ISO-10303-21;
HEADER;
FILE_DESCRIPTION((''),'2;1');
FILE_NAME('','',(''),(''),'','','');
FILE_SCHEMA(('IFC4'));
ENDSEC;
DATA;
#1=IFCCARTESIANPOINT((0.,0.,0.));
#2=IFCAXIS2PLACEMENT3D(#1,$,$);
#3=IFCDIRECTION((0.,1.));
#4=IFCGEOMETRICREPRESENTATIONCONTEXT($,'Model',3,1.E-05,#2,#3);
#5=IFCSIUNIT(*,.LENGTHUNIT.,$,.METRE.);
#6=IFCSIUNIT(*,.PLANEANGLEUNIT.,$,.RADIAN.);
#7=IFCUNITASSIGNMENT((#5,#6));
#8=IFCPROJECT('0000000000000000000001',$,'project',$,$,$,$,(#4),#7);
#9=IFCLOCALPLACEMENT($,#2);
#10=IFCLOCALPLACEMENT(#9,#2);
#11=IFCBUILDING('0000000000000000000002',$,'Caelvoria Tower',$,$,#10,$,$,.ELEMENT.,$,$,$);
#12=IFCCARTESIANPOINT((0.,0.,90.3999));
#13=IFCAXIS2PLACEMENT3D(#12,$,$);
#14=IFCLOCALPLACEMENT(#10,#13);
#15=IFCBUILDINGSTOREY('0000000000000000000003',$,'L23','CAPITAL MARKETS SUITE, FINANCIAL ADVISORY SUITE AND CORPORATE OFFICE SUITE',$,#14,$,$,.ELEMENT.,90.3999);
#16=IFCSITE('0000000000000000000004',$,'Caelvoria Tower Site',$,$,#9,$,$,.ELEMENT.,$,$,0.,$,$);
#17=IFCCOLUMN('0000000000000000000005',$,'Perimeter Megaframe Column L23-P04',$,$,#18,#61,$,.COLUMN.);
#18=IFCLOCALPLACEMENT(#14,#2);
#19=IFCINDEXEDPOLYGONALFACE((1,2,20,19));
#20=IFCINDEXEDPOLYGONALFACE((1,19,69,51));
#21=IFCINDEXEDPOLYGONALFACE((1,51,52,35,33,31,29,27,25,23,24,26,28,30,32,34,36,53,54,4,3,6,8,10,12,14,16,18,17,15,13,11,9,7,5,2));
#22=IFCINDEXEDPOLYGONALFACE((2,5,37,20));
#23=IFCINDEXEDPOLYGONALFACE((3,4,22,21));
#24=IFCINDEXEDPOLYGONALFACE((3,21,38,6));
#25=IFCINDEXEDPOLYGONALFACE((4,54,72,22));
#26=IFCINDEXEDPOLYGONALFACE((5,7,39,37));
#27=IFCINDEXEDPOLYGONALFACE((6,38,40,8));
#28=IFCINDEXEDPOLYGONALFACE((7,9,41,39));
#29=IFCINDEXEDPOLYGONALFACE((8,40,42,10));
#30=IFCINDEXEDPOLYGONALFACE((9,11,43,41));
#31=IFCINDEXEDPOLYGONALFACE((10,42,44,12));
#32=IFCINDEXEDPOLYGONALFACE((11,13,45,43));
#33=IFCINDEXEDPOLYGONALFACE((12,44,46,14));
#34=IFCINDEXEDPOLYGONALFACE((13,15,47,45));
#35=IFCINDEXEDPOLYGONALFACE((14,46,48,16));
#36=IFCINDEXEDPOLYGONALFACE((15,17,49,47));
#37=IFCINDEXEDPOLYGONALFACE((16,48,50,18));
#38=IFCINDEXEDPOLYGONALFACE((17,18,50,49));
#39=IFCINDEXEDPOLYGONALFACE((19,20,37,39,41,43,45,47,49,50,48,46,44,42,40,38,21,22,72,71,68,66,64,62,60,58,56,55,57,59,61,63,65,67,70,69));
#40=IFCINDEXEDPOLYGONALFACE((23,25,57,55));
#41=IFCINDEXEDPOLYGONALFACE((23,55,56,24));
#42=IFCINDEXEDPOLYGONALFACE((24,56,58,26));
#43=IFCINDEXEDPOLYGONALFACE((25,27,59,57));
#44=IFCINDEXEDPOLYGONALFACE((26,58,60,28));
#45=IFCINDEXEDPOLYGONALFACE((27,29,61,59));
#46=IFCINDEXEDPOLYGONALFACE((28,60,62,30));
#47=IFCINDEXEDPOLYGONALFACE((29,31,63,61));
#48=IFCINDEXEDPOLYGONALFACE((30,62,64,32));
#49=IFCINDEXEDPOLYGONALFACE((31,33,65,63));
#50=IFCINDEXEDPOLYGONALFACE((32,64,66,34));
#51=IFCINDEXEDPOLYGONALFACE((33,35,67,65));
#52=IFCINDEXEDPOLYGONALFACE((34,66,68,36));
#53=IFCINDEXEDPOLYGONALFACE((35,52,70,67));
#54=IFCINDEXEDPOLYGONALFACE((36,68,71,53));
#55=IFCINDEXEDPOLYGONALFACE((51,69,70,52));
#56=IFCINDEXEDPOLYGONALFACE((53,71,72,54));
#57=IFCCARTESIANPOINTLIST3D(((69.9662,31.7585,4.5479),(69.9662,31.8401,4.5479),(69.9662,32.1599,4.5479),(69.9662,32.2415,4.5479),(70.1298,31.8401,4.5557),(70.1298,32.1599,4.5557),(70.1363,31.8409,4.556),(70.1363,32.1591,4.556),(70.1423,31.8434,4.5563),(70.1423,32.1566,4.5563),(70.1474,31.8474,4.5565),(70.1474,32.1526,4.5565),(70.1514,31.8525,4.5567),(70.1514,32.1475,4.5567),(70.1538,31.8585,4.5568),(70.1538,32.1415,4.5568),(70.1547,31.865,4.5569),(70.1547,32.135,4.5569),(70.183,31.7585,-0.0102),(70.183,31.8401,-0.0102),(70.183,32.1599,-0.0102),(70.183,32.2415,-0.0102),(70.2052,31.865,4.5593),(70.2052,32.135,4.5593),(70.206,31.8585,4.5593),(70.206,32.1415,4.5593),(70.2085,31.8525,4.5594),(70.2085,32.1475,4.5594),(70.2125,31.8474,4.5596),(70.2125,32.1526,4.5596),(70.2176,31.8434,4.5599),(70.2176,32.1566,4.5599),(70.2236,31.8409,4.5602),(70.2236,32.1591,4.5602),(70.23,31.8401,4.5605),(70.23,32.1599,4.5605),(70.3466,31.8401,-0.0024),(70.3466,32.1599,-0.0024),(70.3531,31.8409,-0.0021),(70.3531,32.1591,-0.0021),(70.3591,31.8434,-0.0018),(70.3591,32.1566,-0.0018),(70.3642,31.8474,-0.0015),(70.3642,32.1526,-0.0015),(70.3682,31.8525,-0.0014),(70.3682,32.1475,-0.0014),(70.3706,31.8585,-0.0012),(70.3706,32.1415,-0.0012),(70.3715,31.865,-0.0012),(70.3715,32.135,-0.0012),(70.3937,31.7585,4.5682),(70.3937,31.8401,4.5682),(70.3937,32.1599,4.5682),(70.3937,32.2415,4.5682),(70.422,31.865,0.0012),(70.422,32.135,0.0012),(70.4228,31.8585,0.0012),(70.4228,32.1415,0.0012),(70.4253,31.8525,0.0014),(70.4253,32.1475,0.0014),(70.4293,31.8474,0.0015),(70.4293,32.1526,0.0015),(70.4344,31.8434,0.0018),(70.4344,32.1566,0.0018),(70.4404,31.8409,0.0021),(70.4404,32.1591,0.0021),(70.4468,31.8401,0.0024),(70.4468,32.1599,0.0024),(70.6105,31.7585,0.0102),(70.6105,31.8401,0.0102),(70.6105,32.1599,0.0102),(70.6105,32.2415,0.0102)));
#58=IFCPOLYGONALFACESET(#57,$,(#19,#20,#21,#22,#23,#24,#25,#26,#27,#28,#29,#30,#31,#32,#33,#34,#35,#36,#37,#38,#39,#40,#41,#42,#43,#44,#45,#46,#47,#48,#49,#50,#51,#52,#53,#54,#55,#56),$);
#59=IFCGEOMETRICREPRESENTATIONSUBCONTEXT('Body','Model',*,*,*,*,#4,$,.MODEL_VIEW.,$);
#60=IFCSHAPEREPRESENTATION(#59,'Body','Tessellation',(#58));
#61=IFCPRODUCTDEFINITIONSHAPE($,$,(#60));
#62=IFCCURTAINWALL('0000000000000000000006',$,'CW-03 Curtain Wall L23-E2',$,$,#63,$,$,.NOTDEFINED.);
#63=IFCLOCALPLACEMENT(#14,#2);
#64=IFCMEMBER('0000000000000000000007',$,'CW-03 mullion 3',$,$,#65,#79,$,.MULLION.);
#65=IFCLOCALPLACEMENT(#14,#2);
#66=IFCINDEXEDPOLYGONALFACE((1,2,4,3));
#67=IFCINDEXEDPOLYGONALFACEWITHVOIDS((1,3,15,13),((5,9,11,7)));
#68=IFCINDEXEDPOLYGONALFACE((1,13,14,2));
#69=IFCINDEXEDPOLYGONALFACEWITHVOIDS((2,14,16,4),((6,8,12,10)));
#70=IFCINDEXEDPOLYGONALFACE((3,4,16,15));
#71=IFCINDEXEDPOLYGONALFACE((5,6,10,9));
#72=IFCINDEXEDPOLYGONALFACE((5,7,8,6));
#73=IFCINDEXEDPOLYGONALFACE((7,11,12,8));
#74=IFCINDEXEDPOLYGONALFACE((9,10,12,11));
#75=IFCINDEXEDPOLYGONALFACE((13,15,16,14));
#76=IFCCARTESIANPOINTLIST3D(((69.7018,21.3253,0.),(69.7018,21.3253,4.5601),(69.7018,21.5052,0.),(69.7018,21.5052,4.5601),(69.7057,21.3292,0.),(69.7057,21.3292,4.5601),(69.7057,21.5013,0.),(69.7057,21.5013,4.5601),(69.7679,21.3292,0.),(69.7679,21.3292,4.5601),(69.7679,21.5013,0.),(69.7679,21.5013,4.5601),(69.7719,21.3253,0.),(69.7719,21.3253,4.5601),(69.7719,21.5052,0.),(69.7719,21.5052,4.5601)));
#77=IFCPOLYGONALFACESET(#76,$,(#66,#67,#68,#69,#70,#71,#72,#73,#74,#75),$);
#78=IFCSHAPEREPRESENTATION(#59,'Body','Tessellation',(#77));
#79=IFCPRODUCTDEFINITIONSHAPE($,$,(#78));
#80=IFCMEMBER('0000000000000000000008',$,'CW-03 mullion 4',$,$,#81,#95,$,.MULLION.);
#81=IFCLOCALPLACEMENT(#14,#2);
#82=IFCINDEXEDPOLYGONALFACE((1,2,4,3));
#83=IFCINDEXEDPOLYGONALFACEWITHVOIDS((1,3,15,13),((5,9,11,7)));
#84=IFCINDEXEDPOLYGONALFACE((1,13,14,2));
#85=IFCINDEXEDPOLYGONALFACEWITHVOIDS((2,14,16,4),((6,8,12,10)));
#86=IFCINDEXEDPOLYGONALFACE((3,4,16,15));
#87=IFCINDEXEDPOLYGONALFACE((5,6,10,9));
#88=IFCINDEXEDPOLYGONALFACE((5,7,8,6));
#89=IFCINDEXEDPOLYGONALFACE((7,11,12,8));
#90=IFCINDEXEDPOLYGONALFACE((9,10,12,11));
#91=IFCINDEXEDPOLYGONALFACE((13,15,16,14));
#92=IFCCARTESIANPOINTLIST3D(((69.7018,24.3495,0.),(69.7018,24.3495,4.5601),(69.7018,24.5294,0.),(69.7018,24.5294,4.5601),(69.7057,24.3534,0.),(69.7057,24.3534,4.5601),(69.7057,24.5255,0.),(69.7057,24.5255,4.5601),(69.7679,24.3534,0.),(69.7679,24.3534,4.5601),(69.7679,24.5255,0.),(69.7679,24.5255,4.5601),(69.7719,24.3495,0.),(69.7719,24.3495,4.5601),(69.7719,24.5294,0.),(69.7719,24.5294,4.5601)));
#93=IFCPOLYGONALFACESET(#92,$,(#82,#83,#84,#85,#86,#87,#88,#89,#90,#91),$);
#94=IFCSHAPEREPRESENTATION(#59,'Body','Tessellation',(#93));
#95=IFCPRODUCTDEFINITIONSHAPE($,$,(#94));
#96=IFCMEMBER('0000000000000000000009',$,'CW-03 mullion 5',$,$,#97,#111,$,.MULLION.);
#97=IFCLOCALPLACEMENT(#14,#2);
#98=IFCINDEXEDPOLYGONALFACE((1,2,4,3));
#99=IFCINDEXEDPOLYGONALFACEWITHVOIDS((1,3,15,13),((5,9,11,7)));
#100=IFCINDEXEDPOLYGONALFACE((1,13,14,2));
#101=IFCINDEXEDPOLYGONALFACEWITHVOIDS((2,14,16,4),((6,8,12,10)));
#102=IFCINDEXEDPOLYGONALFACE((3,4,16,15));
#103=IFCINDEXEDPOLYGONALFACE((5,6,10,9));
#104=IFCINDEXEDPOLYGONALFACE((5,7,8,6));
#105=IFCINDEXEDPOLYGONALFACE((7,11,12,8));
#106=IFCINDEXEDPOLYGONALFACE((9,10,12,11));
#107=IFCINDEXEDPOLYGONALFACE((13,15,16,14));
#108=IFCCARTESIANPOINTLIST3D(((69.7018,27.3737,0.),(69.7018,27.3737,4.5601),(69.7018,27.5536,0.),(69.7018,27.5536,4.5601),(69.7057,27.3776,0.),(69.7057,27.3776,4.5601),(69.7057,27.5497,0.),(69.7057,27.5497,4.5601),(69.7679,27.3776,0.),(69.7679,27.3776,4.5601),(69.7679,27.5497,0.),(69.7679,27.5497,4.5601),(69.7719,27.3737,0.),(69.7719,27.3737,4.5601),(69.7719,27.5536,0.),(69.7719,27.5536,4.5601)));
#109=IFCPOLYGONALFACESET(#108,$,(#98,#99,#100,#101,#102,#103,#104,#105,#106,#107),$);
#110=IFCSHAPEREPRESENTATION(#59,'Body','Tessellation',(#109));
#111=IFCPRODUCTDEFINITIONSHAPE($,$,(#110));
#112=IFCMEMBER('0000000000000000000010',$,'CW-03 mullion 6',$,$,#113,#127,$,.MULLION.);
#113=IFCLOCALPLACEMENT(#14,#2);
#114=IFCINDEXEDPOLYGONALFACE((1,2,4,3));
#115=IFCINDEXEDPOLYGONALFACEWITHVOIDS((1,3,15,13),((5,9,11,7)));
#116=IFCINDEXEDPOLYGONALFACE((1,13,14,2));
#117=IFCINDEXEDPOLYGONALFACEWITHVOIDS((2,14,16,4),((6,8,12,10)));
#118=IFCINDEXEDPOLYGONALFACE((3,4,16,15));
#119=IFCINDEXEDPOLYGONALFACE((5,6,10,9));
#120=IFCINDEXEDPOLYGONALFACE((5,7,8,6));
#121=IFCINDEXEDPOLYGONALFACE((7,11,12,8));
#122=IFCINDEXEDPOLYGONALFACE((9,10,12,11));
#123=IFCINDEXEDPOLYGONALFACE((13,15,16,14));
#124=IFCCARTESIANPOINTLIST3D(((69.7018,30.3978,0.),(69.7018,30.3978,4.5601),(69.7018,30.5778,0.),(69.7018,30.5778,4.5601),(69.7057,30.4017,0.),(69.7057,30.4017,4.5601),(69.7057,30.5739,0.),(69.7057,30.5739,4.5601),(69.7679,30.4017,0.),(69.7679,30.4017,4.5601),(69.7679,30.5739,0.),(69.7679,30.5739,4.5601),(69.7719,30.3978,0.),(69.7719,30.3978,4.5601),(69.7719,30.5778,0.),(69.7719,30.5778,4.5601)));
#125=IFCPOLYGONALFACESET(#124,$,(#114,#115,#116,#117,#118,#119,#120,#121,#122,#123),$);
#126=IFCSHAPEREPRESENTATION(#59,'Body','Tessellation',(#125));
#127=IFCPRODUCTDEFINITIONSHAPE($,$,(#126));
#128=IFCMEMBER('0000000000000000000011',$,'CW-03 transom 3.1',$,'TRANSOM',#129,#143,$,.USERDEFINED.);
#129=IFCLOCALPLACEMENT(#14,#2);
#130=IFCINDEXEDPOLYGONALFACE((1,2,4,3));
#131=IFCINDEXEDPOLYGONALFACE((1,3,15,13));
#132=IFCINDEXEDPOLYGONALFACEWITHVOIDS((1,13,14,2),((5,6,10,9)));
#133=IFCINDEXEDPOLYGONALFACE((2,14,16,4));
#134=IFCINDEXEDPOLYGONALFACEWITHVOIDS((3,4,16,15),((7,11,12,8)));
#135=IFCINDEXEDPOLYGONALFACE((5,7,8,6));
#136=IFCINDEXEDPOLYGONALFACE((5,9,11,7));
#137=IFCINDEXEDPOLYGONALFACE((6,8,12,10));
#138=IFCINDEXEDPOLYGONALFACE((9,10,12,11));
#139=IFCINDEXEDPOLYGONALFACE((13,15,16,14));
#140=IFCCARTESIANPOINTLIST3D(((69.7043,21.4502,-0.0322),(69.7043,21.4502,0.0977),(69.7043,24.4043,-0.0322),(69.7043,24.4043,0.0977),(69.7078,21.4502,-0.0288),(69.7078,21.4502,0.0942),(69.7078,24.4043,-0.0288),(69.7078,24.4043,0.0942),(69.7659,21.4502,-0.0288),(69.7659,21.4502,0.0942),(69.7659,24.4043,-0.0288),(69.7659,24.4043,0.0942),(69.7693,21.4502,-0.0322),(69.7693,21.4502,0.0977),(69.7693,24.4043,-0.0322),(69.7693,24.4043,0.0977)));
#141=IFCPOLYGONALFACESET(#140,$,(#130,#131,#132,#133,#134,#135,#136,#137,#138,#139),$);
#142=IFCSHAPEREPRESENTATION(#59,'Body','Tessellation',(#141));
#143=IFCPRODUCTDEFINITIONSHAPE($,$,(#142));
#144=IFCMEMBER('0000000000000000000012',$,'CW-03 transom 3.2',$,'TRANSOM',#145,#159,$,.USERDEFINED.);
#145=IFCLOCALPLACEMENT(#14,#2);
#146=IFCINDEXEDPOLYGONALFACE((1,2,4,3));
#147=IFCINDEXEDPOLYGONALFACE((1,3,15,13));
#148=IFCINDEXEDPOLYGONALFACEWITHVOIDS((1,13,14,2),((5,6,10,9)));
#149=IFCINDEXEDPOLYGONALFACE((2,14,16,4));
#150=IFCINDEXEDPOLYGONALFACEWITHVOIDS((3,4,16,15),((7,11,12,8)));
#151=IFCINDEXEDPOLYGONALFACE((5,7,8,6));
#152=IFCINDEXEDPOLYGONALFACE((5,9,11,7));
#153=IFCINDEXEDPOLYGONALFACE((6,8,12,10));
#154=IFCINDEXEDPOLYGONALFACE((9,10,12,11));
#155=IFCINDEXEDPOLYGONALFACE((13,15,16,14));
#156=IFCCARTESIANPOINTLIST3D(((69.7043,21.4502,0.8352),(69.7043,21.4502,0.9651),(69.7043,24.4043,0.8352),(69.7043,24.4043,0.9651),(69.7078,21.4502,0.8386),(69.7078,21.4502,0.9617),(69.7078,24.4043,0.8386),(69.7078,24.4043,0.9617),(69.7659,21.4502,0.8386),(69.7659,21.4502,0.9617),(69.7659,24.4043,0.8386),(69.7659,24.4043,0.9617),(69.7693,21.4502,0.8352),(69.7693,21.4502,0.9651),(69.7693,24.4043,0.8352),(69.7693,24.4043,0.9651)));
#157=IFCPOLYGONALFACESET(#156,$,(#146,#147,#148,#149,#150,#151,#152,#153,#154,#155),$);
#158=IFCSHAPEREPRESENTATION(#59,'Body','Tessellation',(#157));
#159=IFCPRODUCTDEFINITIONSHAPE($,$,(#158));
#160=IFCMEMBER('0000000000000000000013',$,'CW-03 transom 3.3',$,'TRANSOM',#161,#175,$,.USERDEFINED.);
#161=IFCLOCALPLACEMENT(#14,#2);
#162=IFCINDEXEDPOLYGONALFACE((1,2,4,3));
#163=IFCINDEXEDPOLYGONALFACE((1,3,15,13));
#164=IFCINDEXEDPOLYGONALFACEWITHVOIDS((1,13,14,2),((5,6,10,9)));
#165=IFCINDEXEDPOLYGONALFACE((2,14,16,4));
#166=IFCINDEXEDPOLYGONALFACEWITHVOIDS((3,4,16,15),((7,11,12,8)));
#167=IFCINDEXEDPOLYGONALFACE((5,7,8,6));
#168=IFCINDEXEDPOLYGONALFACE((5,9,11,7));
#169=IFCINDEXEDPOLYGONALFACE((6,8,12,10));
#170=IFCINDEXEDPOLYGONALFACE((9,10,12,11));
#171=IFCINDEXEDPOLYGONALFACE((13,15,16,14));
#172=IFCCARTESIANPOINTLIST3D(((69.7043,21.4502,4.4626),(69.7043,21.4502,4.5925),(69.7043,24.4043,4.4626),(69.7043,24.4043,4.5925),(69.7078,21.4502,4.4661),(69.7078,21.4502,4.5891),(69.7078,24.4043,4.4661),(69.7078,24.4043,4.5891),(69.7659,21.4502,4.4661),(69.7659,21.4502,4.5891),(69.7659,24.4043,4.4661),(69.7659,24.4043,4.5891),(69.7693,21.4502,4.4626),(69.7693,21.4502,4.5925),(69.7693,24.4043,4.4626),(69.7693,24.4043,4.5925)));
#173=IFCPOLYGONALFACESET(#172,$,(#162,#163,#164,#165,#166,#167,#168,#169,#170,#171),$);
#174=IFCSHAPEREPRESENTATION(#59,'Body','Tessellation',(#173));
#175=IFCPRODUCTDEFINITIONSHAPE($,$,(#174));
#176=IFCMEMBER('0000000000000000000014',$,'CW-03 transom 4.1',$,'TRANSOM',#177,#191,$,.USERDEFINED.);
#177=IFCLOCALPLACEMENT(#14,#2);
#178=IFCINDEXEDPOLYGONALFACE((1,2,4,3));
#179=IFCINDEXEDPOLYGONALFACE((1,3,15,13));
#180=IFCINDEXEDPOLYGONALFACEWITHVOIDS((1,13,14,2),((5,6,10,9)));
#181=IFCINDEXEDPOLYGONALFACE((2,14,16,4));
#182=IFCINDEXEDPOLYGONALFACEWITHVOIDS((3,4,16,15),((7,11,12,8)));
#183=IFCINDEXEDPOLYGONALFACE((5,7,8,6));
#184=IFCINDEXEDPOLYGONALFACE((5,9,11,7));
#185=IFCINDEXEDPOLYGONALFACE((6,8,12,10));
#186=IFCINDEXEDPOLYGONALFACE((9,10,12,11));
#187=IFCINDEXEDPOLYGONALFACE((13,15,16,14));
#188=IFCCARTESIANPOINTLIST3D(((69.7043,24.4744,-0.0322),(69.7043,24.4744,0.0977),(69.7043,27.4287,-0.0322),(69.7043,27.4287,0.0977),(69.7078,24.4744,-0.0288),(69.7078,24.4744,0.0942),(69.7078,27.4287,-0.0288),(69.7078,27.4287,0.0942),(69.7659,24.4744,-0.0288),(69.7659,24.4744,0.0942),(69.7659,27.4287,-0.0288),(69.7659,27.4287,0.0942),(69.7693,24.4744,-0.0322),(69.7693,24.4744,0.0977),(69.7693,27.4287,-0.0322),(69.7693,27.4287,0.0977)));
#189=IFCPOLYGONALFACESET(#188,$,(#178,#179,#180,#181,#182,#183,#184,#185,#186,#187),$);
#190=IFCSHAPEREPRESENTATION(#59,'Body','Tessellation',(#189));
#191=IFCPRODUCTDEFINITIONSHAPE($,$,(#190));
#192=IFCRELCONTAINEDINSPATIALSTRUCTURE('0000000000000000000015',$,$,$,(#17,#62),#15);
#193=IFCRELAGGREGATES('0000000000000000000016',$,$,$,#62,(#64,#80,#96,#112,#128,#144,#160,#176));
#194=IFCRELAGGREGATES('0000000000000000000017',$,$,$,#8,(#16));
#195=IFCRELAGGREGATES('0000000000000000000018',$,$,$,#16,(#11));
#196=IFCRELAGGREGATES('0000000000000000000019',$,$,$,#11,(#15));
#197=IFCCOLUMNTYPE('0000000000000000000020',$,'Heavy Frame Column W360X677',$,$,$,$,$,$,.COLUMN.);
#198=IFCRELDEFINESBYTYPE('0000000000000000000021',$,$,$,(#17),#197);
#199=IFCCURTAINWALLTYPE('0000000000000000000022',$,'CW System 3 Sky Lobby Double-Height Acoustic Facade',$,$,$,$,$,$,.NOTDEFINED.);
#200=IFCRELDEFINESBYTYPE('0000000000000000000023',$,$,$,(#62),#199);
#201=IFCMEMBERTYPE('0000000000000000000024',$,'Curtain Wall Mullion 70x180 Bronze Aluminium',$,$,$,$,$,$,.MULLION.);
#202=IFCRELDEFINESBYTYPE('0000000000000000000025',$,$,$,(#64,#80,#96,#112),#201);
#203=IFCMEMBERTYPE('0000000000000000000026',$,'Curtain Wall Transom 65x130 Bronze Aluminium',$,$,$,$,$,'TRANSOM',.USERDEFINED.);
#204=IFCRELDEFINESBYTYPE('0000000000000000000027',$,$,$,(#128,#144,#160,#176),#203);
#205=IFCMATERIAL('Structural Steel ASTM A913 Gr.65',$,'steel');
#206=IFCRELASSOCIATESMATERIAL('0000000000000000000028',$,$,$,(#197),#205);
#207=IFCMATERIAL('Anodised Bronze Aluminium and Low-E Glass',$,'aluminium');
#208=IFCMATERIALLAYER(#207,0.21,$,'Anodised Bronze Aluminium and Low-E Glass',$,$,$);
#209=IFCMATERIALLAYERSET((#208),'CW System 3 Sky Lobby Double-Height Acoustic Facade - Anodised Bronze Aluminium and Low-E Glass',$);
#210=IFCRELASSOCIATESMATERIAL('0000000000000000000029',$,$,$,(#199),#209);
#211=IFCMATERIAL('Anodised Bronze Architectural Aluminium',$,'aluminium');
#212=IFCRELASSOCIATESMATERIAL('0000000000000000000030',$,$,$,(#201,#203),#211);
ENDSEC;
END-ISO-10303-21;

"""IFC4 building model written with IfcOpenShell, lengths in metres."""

from ifc_helpers import new_model, si_unit, direction, frame, origin, origin_2d, place, context, subcontext, project, spatial, hollow_rectangle, i_section, extrude, material, layer, layer_set, material_profile, profile_set, type_object, element, aggregate, save


model = new_model("IFC4")

# Units and contexts
model_context = context("Model", 3, precision=1e-05, world=origin(), true_north=direction((0.0, 1.0)))
body_context = subcontext(model_context, "Body", "Model", "MODEL_VIEW")
ifc_project = project(units=[si_unit("LENGTHUNIT", "METRE"), si_unit("PLANEANGLEUNIT", "RADIAN")], contexts=[model_context])

# Site, building, storey
site_placement = place(None, origin())
site = spatial("IfcSite", under=ifc_project, at=site_placement, Name="Caelvoria Tower Site", CompositionType="ELEMENT", RefElevation=0.0)
building_placement = place(site_placement, origin())
building = spatial("IfcBuilding", under=site, at=building_placement, Name="Caelvoria Tower", CompositionType="ELEMENT")
storey_placement = place(building_placement, frame((0.0, 0.0, 90.3999)))
storey = spatial("IfcBuildingStorey", under=building, at=storey_placement, Name="L23", Description="CAPITAL MARKETS SUITE, FINANCIAL ADVISORY SUITE AND CORPORATE OFFICE SUITE", CompositionType="ELEMENT", Elevation=90.3999)

# Column
ifc_material_1 = material(Name="Structural Steel ASTM A913 Gr.65", Category="steel")
ifc_material_profile_1 = material_profile(ifc_material_1, i_section(OverallWidth=0.428, OverallDepth=0.4829, WebThickness=0.0505, FlangeThickness=0.0815, FilletRadius=0.0249, at=origin_2d()), Name="Structural Steel ASTM A913 Gr.65")
ifc_profile_set_1 = profile_set([ifc_material_profile_1], Name="W360X677 - Structural Steel ASTM A913 Gr.65")
column_type = type_object("IfcColumnType", Name="Heavy Frame Column W360X677", PredefinedType="COLUMN", material=ifc_profile_set_1)
column_placement = place(storey_placement, frame((70.3967, 32.0, 0.0), z_axis=(-0.047509, 0.0, 0.998871), x_axis=(0.998871, 0.0, 0.047509)))
element("IfcColumn", 1, at=column_placement, inside=storey, type_object=column_type, Name="Perimeter Megaframe Column L23-P04", PredefinedType="COLUMN", context=body_context, shape_type="SweptSolid", body=[
    extrude(i_section(OverallWidth=0.428, OverallDepth=0.4829, WebThickness=0.0505, FlangeThickness=0.0815, FilletRadius=0.0249, at=origin_2d()), origin(), (0.0, 0.0, 1.0), 4.5632),
])

# Curtain wall, members
ifc_material_2 = material(Name="Anodised Bronze Aluminium and Low-E Glass", Category="aluminium")
ifc_layer_1 = layer(ifc_material_2, 0.21, Name="Anodised Bronze Aluminium and Low-E Glass")
ifc_layer_set_1 = layer_set([ifc_layer_1], Name="CW System 3 Sky Lobby Double-Height Acoustic Facade - Anodised Bronze Aluminium and Low-E Glass")
curtain_wall_type = type_object("IfcCurtainWallType", Name="CW System 3 Sky Lobby Double-Height Acoustic Facade", PredefinedType="NOTDEFINED", material=ifc_layer_set_1)
curtain_wall_placement = place(storey_placement, origin())
curtain_wall = element("IfcCurtainWall", 2, at=curtain_wall_placement, inside=storey, type_object=curtain_wall_type, Name="CW-03 Curtain Wall L23-E2", PredefinedType="NOTDEFINED")
ifc_material_3 = material(Name="Anodised Bronze Architectural Aluminium", Category="aluminium")
ifc_material_profile_2 = material_profile(ifc_material_3, hollow_rectangle(XDim=0.0701, YDim=0.1799, WallThickness=0.0039, at=origin_2d()), Name="Anodised Bronze Architectural Aluminium")
ifc_profile_set_2 = profile_set([ifc_material_profile_2], Name="CW_MULL_70X180 - Anodised Bronze Architectural Aluminium")
member_type_1 = type_object("IfcMemberType", Name="Curtain Wall Mullion 70x180 Bronze Aluminium", PredefinedType="MULLION", material=ifc_profile_set_2)
member_1_placement = place(storey_placement, frame((69.7368, 21.4153, 0.0), z_axis=(0.0, 0.0, 1.0), x_axis=(-1.0, 0.0, 0.0)))
member_1 = element("IfcMember", 3, at=member_1_placement, type_object=member_type_1, Name="CW-03 mullion 3", PredefinedType="MULLION", context=body_context, shape_type="SweptSolid", body=[
    extrude(hollow_rectangle(XDim=0.0701, YDim=0.1799, WallThickness=0.0039, at=origin_2d()), origin(), (0.0, 0.0, 1.0), 4.5601),
])
member_2_placement = place(storey_placement, frame((69.7368, 24.4395, 0.0), z_axis=(0.0, 0.0, 1.0), x_axis=(-1.0, 0.0, 0.0)))
member_2 = element("IfcMember", 4, at=member_2_placement, type_object=member_type_1, Name="CW-03 mullion 4", PredefinedType="MULLION", context=body_context, shape_type="SweptSolid", body=[
    extrude(hollow_rectangle(XDim=0.0701, YDim=0.1799, WallThickness=0.0039, at=origin_2d()), origin(), (0.0, 0.0, 1.0), 4.5601),
])
member_3_placement = place(storey_placement, frame((69.7368, 27.4636, 0.0), z_axis=(0.0, 0.0, 1.0), x_axis=(-1.0, 0.0, 0.0)))
member_3 = element("IfcMember", 5, at=member_3_placement, type_object=member_type_1, Name="CW-03 mullion 5", PredefinedType="MULLION", context=body_context, shape_type="SweptSolid", body=[
    extrude(hollow_rectangle(XDim=0.0701, YDim=0.1799, WallThickness=0.0039, at=origin_2d()), origin(), (0.0, 0.0, 1.0), 4.5601),
])
member_4_placement = place(storey_placement, frame((69.7368, 30.4878, 0.0), z_axis=(0.0, 0.0, 1.0), x_axis=(-1.0, 0.0, 0.0)))
member_4 = element("IfcMember", 6, at=member_4_placement, type_object=member_type_1, Name="CW-03 mullion 6", PredefinedType="MULLION", context=body_context, shape_type="SweptSolid", body=[
    extrude(hollow_rectangle(XDim=0.0701, YDim=0.1799, WallThickness=0.0039, at=origin_2d()), origin(), (0.0, 0.0, 1.0), 4.5601),
])
ifc_material_profile_3 = material_profile(ifc_material_3, hollow_rectangle(XDim=0.0649, YDim=0.1299, WallThickness=0.0034, at=origin_2d()), Name="Anodised Bronze Architectural Aluminium")
ifc_profile_set_3 = profile_set([ifc_material_profile_3], Name="CW_TRAN_65X130 - Anodised Bronze Architectural Aluminium")
member_type_2 = type_object("IfcMemberType", Name="Curtain Wall Transom 65x130 Bronze Aluminium", ElementType="TRANSOM", PredefinedType="USERDEFINED", material=ifc_profile_set_3)
member_5_placement = place(storey_placement, frame((69.7368, 21.4502, 0.0327), z_axis=(0.0, 1.0, 0.0), x_axis=(-1.0, 0.0, 0.0)))
member_5 = element("IfcMember", 7, at=member_5_placement, type_object=member_type_2, Name="CW-03 transom 3.1", ObjectType="TRANSOM", PredefinedType="USERDEFINED", context=body_context, shape_type="SweptSolid", body=[
    extrude(hollow_rectangle(XDim=0.0649, YDim=0.1299, WallThickness=0.0034, at=origin_2d()), origin(), (0.0, 0.0, 1.0), 2.9541),
])
member_6_placement = place(storey_placement, frame((69.7368, 21.4502, 0.9001), z_axis=(0.0, 1.0, 0.0), x_axis=(-1.0, 0.0, 0.0)))
member_6 = element("IfcMember", 8, at=member_6_placement, type_object=member_type_2, Name="CW-03 transom 3.2", ObjectType="TRANSOM", PredefinedType="USERDEFINED", context=body_context, shape_type="SweptSolid", body=[
    extrude(hollow_rectangle(XDim=0.0649, YDim=0.1299, WallThickness=0.0034, at=origin_2d()), origin(), (0.0, 0.0, 1.0), 2.9541),
])
member_7_placement = place(storey_placement, frame((69.7368, 21.4502, 4.5276), z_axis=(0.0, 1.0, 0.0), x_axis=(-1.0, 0.0, 0.0)))
member_7 = element("IfcMember", 9, at=member_7_placement, type_object=member_type_2, Name="CW-03 transom 3.3", ObjectType="TRANSOM", PredefinedType="USERDEFINED", context=body_context, shape_type="SweptSolid", body=[
    extrude(hollow_rectangle(XDim=0.0649, YDim=0.1299, WallThickness=0.0034, at=origin_2d()), origin(), (0.0, 0.0, 1.0), 2.9541),
])
member_8_placement = place(storey_placement, frame((69.7368, 24.4744, 0.0327), z_axis=(0.0, 1.0, 0.0), x_axis=(-1.0, 0.0, 0.0)))
member_8 = element("IfcMember", 10, at=member_8_placement, type_object=member_type_2, Name="CW-03 transom 4.1", ObjectType="TRANSOM", PredefinedType="USERDEFINED", context=body_context, shape_type="SweptSolid", body=[
    extrude(hollow_rectangle(XDim=0.0649, YDim=0.1299, WallThickness=0.0034, at=origin_2d()), origin(), (0.0, 0.0, 1.0), 2.9543),
])

aggregate(curtain_wall, [member_1, member_2, member_3, member_4, member_5, member_6, member_7, member_8])

save(model, "model.ifc")
